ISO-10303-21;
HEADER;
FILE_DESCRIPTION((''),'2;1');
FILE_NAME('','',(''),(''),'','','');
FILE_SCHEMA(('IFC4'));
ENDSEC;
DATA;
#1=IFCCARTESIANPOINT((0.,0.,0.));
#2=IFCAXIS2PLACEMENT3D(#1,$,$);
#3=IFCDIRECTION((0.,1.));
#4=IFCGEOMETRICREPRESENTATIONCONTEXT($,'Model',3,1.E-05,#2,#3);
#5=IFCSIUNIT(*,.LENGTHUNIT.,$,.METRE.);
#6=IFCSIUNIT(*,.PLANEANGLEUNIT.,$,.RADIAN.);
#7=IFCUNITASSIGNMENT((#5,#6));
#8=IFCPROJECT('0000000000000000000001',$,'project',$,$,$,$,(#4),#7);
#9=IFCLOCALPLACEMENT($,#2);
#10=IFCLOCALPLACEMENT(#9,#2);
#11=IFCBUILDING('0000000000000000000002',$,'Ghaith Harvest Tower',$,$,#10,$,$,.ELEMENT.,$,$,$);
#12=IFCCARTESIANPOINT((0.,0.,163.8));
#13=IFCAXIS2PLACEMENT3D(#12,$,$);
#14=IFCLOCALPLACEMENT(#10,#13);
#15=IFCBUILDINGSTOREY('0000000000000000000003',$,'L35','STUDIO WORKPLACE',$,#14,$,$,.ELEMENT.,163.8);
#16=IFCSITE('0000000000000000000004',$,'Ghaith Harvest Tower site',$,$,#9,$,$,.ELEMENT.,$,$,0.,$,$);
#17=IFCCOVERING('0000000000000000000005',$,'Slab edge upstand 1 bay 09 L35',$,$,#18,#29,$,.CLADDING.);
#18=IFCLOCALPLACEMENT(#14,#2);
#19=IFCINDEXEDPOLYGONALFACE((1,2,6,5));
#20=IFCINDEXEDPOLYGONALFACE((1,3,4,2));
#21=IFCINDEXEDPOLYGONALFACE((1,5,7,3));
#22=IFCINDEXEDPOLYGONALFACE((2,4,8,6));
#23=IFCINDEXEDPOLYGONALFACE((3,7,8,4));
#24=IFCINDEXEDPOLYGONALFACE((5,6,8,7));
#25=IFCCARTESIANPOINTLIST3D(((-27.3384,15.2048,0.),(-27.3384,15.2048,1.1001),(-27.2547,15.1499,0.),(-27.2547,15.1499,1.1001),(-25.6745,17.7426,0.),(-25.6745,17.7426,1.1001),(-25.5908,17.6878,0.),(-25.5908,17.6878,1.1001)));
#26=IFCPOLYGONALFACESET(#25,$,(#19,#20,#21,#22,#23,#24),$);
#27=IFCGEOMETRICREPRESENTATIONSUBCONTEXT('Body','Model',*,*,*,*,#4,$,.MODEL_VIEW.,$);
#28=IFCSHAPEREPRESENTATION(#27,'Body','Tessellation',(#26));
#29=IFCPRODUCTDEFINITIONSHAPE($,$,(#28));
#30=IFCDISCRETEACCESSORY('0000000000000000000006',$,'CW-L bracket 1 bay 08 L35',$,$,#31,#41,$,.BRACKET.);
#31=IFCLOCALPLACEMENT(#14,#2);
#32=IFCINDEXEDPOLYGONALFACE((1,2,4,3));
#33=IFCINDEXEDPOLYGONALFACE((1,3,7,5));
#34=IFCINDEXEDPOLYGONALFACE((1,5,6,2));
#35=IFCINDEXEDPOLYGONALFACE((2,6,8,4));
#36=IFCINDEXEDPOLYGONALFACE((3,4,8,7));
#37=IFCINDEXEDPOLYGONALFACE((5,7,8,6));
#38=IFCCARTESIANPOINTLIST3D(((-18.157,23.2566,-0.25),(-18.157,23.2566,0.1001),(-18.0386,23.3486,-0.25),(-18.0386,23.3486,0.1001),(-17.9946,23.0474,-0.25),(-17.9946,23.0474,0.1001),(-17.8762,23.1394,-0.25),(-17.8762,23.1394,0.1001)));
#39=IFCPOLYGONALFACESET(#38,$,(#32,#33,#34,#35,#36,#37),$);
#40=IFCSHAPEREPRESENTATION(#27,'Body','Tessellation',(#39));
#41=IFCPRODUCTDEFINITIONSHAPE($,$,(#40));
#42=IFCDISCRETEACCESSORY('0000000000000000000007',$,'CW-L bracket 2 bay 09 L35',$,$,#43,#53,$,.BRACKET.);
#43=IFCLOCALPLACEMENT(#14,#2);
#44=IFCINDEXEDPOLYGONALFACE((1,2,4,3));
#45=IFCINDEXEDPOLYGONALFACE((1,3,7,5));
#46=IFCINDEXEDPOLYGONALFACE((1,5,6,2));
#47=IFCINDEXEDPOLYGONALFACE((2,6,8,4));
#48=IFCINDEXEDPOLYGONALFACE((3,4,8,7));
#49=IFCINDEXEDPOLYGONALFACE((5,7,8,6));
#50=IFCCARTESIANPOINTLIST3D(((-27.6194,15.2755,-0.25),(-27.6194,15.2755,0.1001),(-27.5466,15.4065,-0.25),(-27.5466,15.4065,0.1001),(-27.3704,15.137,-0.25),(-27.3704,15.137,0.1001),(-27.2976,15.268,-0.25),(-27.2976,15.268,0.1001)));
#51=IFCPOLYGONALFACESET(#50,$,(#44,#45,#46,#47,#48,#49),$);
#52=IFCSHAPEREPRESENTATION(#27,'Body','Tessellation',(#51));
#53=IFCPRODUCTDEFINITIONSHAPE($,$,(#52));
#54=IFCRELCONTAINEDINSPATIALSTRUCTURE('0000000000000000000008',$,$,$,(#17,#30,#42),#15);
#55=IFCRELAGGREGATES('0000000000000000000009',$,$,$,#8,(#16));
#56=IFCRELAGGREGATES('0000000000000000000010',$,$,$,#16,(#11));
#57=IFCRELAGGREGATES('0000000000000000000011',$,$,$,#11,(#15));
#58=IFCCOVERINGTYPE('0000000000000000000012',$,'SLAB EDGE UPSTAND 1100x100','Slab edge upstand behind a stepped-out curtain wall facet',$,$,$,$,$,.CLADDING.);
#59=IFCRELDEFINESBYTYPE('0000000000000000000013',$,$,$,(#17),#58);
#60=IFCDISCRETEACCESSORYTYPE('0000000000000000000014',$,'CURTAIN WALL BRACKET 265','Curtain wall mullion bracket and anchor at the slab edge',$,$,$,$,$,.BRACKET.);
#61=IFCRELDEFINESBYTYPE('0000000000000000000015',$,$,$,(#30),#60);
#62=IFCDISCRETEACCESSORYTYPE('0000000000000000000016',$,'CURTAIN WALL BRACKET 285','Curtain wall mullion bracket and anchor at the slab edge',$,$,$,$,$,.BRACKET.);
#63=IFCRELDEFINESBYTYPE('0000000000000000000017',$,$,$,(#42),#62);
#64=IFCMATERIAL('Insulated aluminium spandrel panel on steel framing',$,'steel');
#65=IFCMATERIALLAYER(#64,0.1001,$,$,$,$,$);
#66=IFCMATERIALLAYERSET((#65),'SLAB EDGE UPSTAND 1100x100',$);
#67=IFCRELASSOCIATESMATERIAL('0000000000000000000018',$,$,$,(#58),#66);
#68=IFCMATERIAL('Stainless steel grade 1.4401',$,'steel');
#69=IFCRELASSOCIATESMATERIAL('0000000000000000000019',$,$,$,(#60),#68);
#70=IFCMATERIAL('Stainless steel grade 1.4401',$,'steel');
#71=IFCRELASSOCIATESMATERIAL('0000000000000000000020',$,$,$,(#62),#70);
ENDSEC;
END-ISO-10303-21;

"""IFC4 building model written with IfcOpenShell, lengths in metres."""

from ifc_helpers import new_model, si_unit, direction, frame, origin, origin_2d, place, context, subcontext, project, spatial, rectangle, extrude, material, layer, layer_set, type_object, element, save


model = new_model("IFC4")

# Units and contexts
model_context = context("Model", 3, precision=1e-05, world=origin(), true_north=direction((0.0, 1.0)))
body_context = subcontext(model_context, "Body", "Model", "MODEL_VIEW")
ifc_project = project(units=[si_unit("LENGTHUNIT", "METRE"), si_unit("PLANEANGLEUNIT", "RADIAN")], contexts=[model_context])

# Site, building, storey
site_placement = place(None, origin())
site = spatial("IfcSite", under=ifc_project, at=site_placement, Name="Ghaith Harvest Tower site", CompositionType="ELEMENT", RefElevation=0.0)
building_placement = place(site_placement, origin())
building = spatial("IfcBuilding", under=site, at=building_placement, Name="Ghaith Harvest Tower", CompositionType="ELEMENT")
storey_placement = place(building_placement, frame((0.0, 0.0, 163.8)))
storey = spatial("IfcBuildingStorey", under=building, at=storey_placement, Name="L35", Description="STUDIO WORKPLACE", CompositionType="ELEMENT", Elevation=163.8)

# Covering
ifc_material_1 = material(Name="Insulated aluminium spandrel panel on steel framing", Category="steel")
ifc_layer_1 = layer(ifc_material_1, 0.1001)
ifc_layer_set_1 = layer_set([ifc_layer_1], Name="SLAB EDGE UPSTAND 1100x100")
covering_type = type_object("IfcCoveringType", Name="SLAB EDGE UPSTAND 1100x100", Description="Slab edge upstand behind a stepped-out curtain wall facet", PredefinedType="CLADDING", material=ifc_layer_set_1)
covering_1_placement = place(storey_placement, frame((-26.4646, 16.4463, 0.0), z_axis=(0.0, 0.0, 1.0), x_axis=(-0.548312, -0.836274, 0.0)))
element("IfcCovering", 1, at=covering_1_placement, inside=storey, type_object=covering_type, Name="Slab edge upstand 1 bay 09 L35", PredefinedType="CLADDING", context=body_context, shape_type="SweptSolid", body=[
    extrude(rectangle(XDim=3.0347, YDim=0.1001, at=origin_2d()), origin(), (0.0, 0.0, 1.0), 1.1001),
])

# Discrete accessories
ifc_material_2 = material(Name="Stainless steel grade 1.4401", Category="steel")
discrete_accessory_type_1 = type_object("IfcDiscreteAccessoryType", Name="CURTAIN WALL BRACKET 265", Description="Curtain wall mullion bracket and anchor at the slab edge", PredefinedType="BRACKET", material=ifc_material_2)
discrete_accessory_1_placement = place(storey_placement, frame((-18.0166, 23.198, -0.25), z_axis=(0.0, 0.0, 1.0), x_axis=(-0.613378, 0.78979, 0.0)))
element("IfcDiscreteAccessory", 2, at=discrete_accessory_1_placement, inside=storey, type_object=discrete_accessory_type_1, Name="CW-L bracket 1 bay 08 L35", PredefinedType="BRACKET", context=body_context, shape_type="SweptSolid", body=[
    extrude(rectangle(XDim=0.2649, YDim=0.1499, at=origin_2d()), origin(), (0.0, 0.0, 1.0), 0.3501),
])
ifc_material_3 = material(Name="Stainless steel grade 1.4401", Category="steel")
discrete_accessory_type_2 = type_object("IfcDiscreteAccessoryType", Name="CURTAIN WALL BRACKET 285", Description="Curtain wall mullion bracket and anchor at the slab edge", PredefinedType="BRACKET", material=ifc_material_3)
discrete_accessory_2_placement = place(storey_placement, frame((-27.4585, 15.2717, -0.25), z_axis=(0.0, 0.0, 1.0), x_axis=(-0.873927, 0.486057, 0.0)))
element("IfcDiscreteAccessory", 3, at=discrete_accessory_2_placement, inside=storey, type_object=discrete_accessory_type_2, Name="CW-L bracket 2 bay 09 L35", PredefinedType="BRACKET", context=body_context, shape_type="SweptSolid", body=[
    extrude(rectangle(XDim=0.2849, YDim=0.1499, at=origin_2d()), origin(), (0.0, 0.0, 1.0), 0.3501),
])

save(model, "model.ifc")
